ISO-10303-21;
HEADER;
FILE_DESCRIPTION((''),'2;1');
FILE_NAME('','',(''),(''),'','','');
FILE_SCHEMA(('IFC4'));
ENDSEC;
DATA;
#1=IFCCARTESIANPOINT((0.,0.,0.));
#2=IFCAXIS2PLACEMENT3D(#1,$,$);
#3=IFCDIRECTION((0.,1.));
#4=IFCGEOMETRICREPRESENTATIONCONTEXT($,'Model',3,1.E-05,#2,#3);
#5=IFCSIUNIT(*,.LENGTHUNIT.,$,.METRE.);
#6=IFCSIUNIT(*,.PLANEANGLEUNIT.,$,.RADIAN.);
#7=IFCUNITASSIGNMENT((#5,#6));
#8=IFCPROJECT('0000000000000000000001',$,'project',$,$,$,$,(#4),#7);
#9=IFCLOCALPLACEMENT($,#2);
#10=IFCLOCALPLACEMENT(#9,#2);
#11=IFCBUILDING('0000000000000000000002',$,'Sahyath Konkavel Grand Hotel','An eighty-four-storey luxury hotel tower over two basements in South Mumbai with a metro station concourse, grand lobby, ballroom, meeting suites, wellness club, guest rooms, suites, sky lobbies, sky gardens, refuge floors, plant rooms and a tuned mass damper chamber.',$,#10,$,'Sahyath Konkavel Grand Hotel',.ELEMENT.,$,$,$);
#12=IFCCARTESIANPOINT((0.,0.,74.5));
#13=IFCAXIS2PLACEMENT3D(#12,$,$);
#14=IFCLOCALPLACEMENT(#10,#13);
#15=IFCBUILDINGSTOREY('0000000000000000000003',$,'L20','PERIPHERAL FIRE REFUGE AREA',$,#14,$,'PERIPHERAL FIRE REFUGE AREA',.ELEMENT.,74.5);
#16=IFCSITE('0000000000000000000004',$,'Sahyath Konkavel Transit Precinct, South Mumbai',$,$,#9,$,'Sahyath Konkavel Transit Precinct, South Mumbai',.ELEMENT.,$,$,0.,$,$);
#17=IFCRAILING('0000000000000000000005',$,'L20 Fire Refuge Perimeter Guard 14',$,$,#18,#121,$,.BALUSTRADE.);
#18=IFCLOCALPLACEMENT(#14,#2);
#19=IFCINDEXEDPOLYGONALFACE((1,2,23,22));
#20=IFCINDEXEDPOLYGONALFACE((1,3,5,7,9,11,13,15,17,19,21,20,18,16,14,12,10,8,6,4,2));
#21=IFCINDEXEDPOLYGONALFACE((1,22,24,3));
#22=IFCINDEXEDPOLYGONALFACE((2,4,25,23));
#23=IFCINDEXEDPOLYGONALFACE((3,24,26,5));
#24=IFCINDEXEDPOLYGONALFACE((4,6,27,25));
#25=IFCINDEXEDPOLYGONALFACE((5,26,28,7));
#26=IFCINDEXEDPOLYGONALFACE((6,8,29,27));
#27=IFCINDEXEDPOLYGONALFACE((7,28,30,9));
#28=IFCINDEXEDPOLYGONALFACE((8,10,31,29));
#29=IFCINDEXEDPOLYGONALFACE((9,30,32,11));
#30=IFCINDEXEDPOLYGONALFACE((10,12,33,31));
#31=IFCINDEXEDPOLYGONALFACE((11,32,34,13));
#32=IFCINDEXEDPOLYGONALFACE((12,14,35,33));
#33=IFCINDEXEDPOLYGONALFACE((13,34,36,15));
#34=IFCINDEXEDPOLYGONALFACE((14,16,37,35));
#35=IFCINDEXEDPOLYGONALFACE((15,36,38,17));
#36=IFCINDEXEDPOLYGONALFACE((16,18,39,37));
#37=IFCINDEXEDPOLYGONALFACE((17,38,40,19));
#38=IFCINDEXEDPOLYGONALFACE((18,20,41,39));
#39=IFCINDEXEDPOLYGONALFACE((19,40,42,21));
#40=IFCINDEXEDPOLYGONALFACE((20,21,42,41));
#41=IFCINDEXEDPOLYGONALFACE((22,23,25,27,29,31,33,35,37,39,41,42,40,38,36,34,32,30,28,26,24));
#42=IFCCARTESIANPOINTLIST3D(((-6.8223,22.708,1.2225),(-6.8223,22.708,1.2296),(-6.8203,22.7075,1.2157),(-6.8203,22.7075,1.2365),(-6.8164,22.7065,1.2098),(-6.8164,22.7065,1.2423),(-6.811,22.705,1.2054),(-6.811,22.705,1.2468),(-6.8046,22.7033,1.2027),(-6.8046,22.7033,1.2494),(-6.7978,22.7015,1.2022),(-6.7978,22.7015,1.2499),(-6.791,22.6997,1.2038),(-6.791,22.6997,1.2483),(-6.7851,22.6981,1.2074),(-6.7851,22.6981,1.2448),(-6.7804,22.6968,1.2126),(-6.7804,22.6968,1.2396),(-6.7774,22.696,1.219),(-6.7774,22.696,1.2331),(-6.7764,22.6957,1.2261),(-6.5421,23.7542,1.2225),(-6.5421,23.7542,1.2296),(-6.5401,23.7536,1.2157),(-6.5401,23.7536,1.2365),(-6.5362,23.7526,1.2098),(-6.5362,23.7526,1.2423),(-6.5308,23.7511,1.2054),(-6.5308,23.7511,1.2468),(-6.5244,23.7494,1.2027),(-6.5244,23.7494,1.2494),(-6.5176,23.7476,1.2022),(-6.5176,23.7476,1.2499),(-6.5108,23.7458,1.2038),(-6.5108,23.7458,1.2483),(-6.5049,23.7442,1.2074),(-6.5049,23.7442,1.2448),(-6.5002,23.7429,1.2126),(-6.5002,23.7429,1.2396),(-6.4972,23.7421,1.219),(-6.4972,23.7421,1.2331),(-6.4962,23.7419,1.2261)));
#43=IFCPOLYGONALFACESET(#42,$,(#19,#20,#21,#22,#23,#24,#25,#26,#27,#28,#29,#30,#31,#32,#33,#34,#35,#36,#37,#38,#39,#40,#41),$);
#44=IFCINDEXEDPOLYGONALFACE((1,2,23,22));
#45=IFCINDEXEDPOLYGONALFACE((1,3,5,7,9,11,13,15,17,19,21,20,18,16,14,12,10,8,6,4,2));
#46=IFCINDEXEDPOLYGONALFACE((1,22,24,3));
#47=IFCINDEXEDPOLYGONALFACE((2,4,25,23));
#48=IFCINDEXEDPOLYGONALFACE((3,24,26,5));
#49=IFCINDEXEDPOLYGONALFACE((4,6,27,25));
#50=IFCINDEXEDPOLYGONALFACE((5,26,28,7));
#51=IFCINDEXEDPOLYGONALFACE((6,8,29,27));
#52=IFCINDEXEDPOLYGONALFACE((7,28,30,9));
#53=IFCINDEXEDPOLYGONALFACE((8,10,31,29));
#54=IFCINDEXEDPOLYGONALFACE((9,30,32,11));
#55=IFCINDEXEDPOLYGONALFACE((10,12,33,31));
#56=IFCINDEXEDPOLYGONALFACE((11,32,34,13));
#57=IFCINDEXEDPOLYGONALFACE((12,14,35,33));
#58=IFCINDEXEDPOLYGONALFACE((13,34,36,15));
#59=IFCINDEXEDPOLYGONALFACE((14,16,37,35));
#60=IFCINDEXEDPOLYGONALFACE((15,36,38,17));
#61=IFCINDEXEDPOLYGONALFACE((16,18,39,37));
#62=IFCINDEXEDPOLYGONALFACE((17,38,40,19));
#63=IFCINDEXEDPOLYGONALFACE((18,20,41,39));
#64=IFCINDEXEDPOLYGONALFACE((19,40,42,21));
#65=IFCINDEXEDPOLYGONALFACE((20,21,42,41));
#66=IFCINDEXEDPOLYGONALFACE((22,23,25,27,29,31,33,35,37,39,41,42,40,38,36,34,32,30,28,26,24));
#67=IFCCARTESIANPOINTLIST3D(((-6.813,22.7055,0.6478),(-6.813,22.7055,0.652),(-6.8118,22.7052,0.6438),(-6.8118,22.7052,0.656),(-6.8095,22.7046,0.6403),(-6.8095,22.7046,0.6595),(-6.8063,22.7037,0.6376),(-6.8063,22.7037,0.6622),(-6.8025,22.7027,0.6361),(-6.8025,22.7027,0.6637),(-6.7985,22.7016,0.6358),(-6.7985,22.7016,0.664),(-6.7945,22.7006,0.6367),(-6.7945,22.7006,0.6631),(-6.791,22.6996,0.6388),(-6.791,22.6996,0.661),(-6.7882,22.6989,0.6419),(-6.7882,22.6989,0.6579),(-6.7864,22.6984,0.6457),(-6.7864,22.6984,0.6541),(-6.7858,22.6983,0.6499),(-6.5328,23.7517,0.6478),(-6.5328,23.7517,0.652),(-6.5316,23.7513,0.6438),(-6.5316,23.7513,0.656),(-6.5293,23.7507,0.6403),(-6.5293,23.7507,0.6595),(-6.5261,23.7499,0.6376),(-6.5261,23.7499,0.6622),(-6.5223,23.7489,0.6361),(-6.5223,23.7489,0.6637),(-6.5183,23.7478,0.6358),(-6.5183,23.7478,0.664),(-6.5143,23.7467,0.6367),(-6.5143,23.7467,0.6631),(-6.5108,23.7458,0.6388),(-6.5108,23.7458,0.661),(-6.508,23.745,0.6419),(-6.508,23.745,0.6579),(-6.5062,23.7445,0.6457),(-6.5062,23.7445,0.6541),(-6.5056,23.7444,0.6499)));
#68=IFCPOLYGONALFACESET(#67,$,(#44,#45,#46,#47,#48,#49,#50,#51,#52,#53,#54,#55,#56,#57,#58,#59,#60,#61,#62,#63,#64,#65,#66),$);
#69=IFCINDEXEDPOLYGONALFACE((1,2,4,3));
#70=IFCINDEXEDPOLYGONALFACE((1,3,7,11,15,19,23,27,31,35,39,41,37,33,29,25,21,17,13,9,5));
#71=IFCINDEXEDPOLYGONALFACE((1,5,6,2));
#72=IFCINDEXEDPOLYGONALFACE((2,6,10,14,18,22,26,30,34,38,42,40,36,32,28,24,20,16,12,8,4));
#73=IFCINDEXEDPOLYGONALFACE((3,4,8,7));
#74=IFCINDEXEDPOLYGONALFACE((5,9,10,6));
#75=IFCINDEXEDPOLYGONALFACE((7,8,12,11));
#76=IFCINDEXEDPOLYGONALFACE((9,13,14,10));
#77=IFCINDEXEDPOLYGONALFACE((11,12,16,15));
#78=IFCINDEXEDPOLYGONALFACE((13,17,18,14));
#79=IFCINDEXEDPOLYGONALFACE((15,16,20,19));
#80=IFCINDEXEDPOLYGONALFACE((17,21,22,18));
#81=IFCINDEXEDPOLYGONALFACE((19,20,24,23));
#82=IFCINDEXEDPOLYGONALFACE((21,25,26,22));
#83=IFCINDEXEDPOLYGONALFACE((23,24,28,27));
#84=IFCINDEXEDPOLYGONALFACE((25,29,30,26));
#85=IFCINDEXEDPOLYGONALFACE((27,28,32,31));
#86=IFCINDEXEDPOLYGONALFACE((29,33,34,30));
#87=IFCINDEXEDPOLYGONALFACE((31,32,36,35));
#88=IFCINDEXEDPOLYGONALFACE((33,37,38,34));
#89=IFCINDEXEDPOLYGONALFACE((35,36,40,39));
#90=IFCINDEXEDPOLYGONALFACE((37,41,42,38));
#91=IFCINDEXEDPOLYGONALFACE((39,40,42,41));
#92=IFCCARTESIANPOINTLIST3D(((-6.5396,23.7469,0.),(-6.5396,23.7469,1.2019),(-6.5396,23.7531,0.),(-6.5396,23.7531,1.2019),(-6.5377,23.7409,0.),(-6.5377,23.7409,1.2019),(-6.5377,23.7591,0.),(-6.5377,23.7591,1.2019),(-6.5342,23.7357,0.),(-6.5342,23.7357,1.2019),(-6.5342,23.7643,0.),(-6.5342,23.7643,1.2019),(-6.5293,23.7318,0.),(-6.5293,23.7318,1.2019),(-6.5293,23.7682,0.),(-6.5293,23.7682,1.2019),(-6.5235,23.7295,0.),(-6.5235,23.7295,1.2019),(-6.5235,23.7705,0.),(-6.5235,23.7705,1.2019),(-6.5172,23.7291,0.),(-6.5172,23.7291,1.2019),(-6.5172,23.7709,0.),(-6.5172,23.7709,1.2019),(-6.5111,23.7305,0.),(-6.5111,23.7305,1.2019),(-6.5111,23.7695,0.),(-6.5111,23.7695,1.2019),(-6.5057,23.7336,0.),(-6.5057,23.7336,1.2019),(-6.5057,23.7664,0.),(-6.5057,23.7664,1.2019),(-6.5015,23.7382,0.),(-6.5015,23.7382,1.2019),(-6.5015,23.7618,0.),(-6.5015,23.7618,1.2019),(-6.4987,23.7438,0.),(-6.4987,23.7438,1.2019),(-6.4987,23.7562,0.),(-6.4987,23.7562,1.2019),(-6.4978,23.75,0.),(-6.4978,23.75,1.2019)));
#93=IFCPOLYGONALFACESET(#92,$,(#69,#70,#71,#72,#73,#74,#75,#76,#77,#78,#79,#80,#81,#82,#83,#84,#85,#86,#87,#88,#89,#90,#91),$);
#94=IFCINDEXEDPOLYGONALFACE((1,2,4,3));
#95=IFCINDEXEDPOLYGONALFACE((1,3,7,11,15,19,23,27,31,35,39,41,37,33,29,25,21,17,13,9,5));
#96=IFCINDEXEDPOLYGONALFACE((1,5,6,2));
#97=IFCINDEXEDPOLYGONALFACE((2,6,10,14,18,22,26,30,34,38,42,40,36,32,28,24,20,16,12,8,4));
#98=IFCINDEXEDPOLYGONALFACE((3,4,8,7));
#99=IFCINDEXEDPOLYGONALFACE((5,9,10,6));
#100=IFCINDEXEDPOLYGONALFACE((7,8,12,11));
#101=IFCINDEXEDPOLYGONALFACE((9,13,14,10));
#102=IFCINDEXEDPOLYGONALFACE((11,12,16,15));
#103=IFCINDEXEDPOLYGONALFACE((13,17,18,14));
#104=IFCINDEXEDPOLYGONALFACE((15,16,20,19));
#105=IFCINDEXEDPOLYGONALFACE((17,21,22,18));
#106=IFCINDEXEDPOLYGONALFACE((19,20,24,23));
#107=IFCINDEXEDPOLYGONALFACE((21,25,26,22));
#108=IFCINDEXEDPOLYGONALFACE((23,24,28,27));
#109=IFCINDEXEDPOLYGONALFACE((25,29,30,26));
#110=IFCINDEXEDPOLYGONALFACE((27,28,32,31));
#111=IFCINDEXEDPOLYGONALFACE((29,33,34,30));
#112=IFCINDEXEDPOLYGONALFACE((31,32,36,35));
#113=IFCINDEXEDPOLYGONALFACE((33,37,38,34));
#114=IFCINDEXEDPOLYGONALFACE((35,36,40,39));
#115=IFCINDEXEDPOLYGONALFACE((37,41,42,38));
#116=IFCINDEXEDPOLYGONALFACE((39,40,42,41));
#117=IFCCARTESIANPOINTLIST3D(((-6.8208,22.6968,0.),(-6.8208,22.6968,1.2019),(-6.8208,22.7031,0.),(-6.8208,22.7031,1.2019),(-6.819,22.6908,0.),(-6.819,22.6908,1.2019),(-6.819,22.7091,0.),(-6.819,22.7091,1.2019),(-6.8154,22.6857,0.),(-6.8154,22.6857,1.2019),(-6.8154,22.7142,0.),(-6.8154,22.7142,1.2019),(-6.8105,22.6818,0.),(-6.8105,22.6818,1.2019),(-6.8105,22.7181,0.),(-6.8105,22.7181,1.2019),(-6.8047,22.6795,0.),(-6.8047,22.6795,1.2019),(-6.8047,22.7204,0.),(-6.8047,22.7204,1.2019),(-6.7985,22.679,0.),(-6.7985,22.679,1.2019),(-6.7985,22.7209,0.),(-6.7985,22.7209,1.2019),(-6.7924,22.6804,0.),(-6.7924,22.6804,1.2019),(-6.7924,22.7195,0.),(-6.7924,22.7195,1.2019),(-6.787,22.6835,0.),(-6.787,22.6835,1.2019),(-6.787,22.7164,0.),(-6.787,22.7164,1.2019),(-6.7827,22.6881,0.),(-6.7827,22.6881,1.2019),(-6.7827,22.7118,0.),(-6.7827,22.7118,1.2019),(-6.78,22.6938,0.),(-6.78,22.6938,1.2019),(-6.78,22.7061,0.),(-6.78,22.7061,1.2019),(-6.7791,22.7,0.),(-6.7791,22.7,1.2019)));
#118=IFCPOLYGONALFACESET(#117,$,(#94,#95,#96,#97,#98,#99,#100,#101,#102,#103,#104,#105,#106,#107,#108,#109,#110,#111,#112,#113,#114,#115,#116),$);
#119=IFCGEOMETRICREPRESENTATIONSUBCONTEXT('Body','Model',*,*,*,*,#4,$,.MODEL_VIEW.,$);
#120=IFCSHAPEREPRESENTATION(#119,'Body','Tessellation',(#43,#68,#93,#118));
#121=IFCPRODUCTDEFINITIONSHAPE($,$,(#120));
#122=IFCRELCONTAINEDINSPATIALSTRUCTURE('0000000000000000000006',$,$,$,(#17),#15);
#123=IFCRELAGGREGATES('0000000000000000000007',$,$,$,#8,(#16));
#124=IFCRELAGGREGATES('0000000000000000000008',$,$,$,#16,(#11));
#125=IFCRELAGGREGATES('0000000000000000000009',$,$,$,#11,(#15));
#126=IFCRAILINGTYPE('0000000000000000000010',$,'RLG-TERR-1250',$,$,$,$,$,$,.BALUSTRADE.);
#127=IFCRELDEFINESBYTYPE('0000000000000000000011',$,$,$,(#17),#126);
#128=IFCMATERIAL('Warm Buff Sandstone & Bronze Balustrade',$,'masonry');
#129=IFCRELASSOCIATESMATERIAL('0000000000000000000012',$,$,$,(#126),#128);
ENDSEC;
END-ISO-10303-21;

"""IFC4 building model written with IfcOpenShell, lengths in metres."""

from ifc_helpers import new_model, si_unit, direction, frame, origin, origin_2d, place, context, subcontext, project, spatial, circle, extrude, material, type_object, element, save


model = new_model("IFC4")

# Units and contexts
model_context = context("Model", 3, precision=1e-05, world=origin(), true_north=direction((0.0, 1.0)))
body_context = subcontext(model_context, "Body", "Model", "MODEL_VIEW")
ifc_project = project(units=[si_unit("LENGTHUNIT", "METRE"), si_unit("PLANEANGLEUNIT", "RADIAN")], contexts=[model_context])

# Site, building, storey
site_placement = place(None, origin())
site = spatial("IfcSite", under=ifc_project, at=site_placement, Name="Sahyath Konkavel Transit Precinct, South Mumbai", LongName="Sahyath Konkavel Transit Precinct, South Mumbai", CompositionType="ELEMENT", RefElevation=0.0)
building_placement = place(site_placement, origin())
building = spatial("IfcBuilding", under=site, at=building_placement, Name="Sahyath Konkavel Grand Hotel", Description="An eighty-four-storey luxury hotel tower over two basements in South Mumbai with a metro station concourse, grand lobby, ballroom, meeting suites, wellness club, guest rooms, suites, sky lobbies, sky gardens, refuge floors, plant rooms and a tuned mass damper chamber.", LongName="Sahyath Konkavel Grand Hotel", CompositionType="ELEMENT")
storey_placement = place(building_placement, frame((0.0, 0.0, 74.5)))
storey = spatial("IfcBuildingStorey", under=building, at=storey_placement, Name="L20", Description="PERIPHERAL FIRE REFUGE AREA", LongName="PERIPHERAL FIRE REFUGE AREA", CompositionType="ELEMENT", Elevation=74.5)

# Railing
ifc_material_1 = material(Name="Warm Buff Sandstone & Bronze Balustrade", Category="masonry")
railing_type = type_object("IfcRailingType", Name="RLG-TERR-1250", PredefinedType="BALUSTRADE", material=ifc_material_1)
railing_1_placement = place(storey_placement, frame((-6.5188, 23.75, 0.0)))
element("IfcRailing", 1, at=railing_1_placement, inside=storey, type_object=railing_type, Name="L20 Fire Refuge Perimeter Guard 14", PredefinedType="BALUSTRADE", context=body_context, shape_type="SweptSolid", body=[
    extrude(circle(Radius=0.0239, at=origin_2d()), frame((-0.0005, -0.002, 1.2261), z_axis=(-0.258725, -0.965951, 0.0), x_axis=(0.965951, -0.258725, 0.0)), (0.0, 0.0, 1.0), 1.083),
    extrude(circle(Radius=0.0142, at=origin_2d()), frame((-0.0005, -0.002, 0.6499), z_axis=(-0.258725, -0.965951, 0.0), x_axis=(0.965951, -0.258725, 0.0)), (0.0, 0.0, 1.0), 1.083),
    extrude(circle(Radius=0.021, at=origin_2d()), origin(), (0.0, 0.0, 1.0), 1.2019),
    extrude(circle(Radius=0.021, at=origin_2d()), frame((-0.2812, -1.05, 0.0)), (0.0, 0.0, 1.0), 1.2019),
])

save(model, "model.ifc")
